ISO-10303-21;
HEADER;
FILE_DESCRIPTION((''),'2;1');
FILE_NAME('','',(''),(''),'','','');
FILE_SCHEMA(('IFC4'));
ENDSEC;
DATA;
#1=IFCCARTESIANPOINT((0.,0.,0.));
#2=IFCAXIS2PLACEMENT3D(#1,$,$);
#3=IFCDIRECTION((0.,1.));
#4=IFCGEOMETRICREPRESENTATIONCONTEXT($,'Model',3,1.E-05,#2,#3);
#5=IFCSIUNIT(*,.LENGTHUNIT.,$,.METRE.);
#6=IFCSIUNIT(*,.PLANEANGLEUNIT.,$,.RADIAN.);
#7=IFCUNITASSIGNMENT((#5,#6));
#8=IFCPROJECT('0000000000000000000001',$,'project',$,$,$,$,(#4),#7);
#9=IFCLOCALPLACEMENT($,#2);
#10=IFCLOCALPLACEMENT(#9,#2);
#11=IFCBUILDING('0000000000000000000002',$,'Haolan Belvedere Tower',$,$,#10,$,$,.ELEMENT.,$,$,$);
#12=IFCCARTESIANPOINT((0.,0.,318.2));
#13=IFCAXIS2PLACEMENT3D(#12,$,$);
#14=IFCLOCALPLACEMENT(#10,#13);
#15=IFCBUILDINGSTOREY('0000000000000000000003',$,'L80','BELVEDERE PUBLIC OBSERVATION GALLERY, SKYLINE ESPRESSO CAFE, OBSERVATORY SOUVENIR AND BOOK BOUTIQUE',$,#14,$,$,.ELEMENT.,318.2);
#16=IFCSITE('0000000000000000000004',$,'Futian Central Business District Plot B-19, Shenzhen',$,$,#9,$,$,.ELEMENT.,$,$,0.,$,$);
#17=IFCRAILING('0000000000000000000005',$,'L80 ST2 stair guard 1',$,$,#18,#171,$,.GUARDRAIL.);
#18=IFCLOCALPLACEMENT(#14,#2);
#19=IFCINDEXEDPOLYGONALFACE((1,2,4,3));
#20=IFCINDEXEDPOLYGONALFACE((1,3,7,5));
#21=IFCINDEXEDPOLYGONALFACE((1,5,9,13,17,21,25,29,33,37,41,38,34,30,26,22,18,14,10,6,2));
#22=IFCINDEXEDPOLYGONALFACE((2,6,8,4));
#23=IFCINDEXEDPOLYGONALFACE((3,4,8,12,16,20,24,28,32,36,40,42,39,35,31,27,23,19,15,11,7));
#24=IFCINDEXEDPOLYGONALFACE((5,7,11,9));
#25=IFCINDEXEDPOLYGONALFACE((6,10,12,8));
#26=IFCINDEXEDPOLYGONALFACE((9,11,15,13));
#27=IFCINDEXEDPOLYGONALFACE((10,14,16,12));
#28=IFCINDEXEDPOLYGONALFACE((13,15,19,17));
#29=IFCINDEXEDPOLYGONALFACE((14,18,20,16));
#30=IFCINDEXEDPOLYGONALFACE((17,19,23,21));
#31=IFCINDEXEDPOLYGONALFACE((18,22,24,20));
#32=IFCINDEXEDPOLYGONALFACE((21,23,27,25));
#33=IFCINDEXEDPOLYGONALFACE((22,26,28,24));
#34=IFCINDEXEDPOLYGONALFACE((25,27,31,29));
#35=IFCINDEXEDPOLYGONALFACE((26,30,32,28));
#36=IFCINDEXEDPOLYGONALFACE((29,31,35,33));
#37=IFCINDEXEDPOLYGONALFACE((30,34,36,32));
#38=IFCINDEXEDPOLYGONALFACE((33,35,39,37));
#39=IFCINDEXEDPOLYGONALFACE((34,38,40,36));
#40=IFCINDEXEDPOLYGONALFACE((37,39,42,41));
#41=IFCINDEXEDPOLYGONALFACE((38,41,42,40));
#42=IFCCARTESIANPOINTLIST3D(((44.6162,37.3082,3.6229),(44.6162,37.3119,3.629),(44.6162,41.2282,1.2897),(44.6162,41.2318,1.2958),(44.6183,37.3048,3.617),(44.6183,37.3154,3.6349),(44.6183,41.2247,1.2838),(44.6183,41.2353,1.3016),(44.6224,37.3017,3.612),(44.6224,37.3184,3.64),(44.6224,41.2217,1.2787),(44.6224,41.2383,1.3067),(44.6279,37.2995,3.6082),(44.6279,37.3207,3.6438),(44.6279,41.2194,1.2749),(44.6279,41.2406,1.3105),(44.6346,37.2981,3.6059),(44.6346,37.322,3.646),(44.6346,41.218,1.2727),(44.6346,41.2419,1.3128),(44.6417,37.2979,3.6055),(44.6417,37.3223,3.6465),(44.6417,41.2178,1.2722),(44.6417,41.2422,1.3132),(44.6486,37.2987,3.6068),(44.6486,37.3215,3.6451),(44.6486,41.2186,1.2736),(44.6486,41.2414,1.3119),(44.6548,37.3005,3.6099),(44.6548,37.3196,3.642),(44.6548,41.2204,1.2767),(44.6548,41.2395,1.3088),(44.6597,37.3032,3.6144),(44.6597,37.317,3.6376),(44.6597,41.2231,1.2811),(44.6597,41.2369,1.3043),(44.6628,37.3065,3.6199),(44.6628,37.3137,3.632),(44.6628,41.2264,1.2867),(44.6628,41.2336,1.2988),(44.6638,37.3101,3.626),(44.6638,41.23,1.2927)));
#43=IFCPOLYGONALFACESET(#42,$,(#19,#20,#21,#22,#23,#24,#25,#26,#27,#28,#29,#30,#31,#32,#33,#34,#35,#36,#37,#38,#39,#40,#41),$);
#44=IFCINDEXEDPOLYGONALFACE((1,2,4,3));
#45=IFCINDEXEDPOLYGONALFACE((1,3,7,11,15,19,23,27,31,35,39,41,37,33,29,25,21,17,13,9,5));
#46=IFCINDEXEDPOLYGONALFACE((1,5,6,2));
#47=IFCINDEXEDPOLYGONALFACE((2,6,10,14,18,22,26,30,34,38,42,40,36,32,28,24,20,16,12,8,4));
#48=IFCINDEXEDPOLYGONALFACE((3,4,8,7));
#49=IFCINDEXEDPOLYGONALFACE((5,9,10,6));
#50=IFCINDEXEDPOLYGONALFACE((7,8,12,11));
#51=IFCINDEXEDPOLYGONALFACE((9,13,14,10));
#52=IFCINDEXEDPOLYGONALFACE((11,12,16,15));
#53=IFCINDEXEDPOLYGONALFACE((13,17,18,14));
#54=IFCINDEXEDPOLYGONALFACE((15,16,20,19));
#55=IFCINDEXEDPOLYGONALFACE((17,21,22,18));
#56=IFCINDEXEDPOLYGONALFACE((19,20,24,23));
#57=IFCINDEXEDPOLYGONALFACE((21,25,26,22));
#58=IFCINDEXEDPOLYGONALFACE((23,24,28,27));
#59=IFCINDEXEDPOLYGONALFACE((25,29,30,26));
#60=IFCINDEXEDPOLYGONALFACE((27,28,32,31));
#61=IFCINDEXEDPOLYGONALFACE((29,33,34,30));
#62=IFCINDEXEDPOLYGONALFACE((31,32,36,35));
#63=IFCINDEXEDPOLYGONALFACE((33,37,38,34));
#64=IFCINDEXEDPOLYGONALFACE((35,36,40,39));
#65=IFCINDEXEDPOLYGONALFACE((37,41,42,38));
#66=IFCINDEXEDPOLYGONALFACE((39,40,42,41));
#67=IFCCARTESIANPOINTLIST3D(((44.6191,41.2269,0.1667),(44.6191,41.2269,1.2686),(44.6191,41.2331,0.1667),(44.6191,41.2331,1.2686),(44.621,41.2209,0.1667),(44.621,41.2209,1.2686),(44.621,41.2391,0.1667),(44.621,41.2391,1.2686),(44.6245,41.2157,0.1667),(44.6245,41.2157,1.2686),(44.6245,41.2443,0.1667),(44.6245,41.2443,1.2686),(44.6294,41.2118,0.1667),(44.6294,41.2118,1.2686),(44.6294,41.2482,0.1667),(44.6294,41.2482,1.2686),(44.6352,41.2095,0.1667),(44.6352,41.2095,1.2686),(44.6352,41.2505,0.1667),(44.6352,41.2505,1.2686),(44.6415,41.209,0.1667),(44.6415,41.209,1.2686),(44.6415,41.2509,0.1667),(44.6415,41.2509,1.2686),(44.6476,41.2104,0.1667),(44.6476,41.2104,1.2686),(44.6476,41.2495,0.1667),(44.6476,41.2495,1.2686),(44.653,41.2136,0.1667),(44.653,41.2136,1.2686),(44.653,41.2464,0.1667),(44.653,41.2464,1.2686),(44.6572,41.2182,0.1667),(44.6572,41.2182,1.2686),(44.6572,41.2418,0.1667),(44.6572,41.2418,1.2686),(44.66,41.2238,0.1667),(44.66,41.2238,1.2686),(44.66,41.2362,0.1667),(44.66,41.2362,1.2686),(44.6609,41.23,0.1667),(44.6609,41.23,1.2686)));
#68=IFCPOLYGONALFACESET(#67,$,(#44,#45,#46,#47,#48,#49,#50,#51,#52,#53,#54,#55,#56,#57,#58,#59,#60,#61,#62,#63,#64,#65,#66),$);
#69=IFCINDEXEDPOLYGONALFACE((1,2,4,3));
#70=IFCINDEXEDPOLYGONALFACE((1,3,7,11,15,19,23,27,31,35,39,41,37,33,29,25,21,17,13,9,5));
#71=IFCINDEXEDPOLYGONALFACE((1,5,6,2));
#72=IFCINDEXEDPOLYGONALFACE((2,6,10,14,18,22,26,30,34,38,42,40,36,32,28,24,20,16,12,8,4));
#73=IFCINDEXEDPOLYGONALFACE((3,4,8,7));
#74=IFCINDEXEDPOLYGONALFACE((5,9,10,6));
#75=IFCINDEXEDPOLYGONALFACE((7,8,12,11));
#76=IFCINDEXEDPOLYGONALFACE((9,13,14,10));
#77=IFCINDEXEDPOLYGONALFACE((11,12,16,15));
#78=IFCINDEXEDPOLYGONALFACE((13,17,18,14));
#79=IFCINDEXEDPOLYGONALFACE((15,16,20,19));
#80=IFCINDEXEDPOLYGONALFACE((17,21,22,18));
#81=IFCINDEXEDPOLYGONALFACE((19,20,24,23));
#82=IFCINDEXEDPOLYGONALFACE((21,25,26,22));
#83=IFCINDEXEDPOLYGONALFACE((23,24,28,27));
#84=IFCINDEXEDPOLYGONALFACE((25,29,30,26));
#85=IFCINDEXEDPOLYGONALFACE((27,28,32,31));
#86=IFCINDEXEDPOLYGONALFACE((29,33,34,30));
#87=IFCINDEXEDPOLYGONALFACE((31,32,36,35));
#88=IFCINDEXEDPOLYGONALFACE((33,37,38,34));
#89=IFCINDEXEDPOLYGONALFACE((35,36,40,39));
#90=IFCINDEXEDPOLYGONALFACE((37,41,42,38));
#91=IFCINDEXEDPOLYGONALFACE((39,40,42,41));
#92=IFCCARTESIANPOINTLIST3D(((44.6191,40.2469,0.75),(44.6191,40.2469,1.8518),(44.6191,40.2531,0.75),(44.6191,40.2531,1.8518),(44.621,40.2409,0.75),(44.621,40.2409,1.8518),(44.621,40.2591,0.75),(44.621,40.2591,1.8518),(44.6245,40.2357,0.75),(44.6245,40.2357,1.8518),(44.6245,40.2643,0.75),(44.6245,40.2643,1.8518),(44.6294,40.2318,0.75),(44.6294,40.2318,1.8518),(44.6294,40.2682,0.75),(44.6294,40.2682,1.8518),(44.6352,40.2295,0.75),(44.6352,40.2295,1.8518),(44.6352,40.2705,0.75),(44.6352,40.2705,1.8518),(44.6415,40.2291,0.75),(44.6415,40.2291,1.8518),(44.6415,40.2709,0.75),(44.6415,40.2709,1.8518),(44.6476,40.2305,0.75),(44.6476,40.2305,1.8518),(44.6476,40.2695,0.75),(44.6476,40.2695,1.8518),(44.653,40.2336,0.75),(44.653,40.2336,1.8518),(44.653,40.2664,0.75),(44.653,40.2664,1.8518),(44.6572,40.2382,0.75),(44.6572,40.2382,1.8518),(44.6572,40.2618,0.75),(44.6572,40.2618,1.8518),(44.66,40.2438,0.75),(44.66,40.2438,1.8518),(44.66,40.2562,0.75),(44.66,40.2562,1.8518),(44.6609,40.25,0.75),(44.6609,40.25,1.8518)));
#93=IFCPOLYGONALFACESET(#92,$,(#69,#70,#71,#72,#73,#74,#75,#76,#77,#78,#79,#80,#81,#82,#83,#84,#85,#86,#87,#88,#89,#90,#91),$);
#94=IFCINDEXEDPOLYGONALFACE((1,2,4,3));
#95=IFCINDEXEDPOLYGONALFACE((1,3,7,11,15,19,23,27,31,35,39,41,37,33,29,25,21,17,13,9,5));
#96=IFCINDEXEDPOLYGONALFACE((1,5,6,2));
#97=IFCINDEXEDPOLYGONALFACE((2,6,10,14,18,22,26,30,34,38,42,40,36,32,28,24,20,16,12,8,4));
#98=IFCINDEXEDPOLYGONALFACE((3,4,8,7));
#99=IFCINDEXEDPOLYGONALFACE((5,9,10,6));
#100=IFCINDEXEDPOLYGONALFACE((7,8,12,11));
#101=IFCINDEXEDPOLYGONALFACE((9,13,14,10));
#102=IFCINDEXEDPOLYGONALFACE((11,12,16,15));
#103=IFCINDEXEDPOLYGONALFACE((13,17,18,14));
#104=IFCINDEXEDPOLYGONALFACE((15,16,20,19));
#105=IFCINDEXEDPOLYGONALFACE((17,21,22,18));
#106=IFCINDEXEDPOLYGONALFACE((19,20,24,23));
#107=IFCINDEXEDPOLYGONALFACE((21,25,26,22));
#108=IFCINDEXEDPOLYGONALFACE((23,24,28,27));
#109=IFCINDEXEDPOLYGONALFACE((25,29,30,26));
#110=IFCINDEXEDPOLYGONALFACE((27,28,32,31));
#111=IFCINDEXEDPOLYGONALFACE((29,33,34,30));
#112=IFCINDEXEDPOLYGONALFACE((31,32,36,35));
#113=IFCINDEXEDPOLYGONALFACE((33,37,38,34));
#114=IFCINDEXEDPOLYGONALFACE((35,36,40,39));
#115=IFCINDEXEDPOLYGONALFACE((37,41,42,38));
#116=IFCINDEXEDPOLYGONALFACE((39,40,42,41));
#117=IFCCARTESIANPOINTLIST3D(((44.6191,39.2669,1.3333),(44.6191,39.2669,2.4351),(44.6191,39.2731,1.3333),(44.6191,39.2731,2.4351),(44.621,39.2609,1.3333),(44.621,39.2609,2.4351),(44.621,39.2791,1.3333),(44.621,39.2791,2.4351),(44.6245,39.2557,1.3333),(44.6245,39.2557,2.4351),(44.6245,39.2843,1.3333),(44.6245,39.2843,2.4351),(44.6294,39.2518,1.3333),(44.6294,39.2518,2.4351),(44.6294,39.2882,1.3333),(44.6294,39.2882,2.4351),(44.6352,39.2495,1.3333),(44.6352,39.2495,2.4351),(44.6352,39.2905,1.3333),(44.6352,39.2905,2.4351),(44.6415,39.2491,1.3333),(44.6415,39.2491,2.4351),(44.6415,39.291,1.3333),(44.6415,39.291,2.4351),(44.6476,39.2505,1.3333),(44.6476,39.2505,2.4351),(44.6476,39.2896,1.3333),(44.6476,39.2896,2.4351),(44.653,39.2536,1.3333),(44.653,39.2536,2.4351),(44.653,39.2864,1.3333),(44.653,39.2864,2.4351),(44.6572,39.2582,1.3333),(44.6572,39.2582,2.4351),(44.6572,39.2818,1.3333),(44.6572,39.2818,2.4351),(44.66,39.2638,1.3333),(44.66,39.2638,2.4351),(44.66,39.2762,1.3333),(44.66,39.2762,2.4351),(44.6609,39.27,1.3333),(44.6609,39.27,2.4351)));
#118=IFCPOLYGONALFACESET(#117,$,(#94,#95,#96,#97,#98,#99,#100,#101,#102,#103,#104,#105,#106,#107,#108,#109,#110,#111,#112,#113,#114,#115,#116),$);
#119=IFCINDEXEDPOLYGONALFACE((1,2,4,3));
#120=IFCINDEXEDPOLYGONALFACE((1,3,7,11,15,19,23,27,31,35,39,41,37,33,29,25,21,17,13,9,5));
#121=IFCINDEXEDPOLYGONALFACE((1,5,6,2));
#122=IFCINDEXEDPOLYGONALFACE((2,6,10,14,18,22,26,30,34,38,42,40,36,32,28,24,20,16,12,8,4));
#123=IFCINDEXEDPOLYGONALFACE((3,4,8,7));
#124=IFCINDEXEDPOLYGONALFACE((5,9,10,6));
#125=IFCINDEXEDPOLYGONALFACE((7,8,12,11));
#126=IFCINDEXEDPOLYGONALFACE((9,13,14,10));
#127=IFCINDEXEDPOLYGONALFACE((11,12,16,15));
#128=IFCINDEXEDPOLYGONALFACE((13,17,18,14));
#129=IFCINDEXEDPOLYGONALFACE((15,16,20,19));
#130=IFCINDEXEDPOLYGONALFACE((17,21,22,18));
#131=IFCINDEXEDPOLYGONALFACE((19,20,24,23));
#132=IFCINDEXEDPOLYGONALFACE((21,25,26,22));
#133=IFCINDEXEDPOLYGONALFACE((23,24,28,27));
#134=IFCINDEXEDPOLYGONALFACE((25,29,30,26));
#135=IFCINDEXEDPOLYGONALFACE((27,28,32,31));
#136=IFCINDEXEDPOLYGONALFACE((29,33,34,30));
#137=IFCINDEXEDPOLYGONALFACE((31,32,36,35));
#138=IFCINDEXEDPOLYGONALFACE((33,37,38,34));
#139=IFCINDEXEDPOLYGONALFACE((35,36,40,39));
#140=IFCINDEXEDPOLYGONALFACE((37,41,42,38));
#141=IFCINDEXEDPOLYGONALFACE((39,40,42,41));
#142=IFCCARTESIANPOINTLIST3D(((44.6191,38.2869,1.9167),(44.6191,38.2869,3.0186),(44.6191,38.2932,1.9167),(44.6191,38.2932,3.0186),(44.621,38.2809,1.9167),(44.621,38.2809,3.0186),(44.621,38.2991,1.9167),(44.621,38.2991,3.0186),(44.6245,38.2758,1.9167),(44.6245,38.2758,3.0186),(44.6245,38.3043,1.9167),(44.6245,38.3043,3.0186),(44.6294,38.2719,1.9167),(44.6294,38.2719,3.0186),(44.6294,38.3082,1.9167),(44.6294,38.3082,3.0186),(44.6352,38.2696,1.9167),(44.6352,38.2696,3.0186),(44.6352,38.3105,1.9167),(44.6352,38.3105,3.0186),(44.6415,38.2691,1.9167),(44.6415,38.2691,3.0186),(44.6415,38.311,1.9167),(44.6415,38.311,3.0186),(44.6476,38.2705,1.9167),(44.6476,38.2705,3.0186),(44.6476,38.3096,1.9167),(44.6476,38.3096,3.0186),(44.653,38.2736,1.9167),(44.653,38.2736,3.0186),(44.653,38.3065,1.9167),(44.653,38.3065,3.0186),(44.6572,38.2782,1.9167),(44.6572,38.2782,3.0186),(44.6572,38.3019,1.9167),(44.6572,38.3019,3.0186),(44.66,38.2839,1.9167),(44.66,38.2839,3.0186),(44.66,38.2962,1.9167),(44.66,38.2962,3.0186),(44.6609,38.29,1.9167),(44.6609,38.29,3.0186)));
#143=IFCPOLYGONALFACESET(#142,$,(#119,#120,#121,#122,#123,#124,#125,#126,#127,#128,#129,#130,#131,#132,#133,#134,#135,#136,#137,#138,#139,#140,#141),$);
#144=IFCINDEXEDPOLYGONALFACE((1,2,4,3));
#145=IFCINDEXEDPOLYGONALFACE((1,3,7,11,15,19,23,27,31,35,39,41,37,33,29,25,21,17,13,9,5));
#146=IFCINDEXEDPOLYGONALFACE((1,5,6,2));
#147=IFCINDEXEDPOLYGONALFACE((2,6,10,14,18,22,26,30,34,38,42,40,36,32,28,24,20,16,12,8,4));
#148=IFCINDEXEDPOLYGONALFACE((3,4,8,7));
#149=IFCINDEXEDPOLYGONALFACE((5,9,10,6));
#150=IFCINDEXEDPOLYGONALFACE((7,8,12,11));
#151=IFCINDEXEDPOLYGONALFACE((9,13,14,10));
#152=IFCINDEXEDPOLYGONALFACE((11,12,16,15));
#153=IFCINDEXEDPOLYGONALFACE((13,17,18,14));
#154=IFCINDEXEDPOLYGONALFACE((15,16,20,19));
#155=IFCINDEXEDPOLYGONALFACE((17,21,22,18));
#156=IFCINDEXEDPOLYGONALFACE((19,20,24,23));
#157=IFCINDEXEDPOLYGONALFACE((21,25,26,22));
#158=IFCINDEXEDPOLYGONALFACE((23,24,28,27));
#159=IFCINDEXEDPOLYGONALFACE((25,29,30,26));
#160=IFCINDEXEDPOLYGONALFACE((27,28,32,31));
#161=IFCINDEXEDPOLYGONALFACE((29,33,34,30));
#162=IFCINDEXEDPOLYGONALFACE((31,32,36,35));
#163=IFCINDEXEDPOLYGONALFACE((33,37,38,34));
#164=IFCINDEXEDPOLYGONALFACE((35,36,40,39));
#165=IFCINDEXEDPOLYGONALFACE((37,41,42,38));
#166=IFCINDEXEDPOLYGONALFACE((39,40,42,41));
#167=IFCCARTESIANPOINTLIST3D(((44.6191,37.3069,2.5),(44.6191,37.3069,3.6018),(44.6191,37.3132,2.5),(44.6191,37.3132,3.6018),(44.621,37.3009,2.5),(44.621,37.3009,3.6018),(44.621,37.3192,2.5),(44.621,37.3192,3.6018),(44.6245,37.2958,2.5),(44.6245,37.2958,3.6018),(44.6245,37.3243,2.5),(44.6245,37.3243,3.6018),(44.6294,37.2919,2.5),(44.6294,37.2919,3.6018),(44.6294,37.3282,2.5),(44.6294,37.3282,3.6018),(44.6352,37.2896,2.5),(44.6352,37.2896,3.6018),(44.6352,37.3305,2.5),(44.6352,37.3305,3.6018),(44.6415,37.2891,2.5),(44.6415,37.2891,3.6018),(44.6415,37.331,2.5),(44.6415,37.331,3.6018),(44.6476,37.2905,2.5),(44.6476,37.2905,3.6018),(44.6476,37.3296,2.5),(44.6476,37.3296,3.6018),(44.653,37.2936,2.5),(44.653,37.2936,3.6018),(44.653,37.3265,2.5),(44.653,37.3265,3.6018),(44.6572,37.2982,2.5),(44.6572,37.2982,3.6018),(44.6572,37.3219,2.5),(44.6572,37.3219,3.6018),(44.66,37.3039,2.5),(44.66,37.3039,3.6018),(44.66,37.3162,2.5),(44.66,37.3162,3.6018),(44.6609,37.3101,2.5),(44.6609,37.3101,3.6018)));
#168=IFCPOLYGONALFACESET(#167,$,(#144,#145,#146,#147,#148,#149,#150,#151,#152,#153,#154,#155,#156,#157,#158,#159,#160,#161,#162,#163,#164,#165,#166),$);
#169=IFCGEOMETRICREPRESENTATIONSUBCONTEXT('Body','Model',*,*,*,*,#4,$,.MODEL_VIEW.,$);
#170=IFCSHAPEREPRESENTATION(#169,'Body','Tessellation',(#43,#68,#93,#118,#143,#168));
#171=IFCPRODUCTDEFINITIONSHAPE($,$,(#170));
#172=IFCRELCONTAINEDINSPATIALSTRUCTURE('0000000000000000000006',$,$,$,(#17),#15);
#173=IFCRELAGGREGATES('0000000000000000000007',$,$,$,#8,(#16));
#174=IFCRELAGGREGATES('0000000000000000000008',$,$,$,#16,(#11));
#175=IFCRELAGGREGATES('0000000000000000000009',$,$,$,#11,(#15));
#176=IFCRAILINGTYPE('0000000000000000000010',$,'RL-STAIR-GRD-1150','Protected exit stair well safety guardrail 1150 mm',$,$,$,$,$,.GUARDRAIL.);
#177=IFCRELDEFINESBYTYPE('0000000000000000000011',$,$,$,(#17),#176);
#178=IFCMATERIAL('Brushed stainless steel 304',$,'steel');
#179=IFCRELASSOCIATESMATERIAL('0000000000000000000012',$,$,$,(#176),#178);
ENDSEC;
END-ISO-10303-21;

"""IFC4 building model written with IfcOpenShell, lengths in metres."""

from ifc_helpers import new_model, si_unit, direction, frame, origin, origin_2d, place, context, subcontext, project, spatial, circle, extrude, material, type_object, element, save


model = new_model("IFC4")

# Units and contexts
model_context = context("Model", 3, precision=1e-05, world=origin(), true_north=direction((0.0, 1.0)))
body_context = subcontext(model_context, "Body", "Model", "MODEL_VIEW")
ifc_project = project(units=[si_unit("LENGTHUNIT", "METRE"), si_unit("PLANEANGLEUNIT", "RADIAN")], contexts=[model_context])

# Site, building, storey
site_placement = place(None, origin())
site = spatial("IfcSite", under=ifc_project, at=site_placement, Name="Futian Central Business District Plot B-19, Shenzhen", CompositionType="ELEMENT", RefElevation=0.0)
building_placement = place(site_placement, origin())
building = spatial("IfcBuilding", under=site, at=building_placement, Name="Haolan Belvedere Tower", CompositionType="ELEMENT")
storey_placement = place(building_placement, frame((0.0, 0.0, 318.2)))
storey = spatial("IfcBuildingStorey", under=building, at=storey_placement, Name="L80", Description="BELVEDERE PUBLIC OBSERVATION GALLERY, SKYLINE ESPRESSO CAFE, OBSERVATORY SOUVENIR AND BOOK BOUTIQUE", CompositionType="ELEMENT", Elevation=318.2)

# Railing
ifc_material_1 = material(Name="Brushed stainless steel 304", Category="steel")
railing_type_1 = type_object("IfcRailingType", Name="RL-STAIR-GRD-1150", Description="Protected exit stair well safety guardrail 1150 mm", PredefinedType="GUARDRAIL", material=ifc_material_1)
railing_1_placement = place(storey_placement, frame((44.6399, 41.23, 0.1667)))
element("IfcRailing", 1, at=railing_1_placement, inside=storey, type_object=railing_type_1, Name="L80 ST2 stair guard 1", PredefinedType="GUARDRAIL", context=body_context, shape_type="SweptSolid", body=[
    extrude(circle(Radius=0.0239, at=origin_2d()), frame((0.0, 0.0, 1.126), z_axis=(0.0, -0.859296, 0.511478), x_axis=(1.0, 0.0, 0.0)), (0.0, 0.0, 1.0), 4.5618),
    extrude(circle(Radius=0.021, at=origin_2d()), origin(), (0.0, 0.0, 1.0), 1.1018),
    extrude(circle(Radius=0.021, at=origin_2d()), frame((0.0, -0.98, 0.5833)), (0.0, 0.0, 1.0), 1.1018),
    extrude(circle(Radius=0.021, at=origin_2d()), frame((0.0, -1.96, 1.1665)), (0.0, 0.0, 1.0), 1.1018),
    extrude(circle(Radius=0.021, at=origin_2d()), frame((0.0, -2.9399, 1.75)), (0.0, 0.0, 1.0), 1.1018),
    extrude(circle(Radius=0.021, at=origin_2d()), frame((0.0, -3.9199, 2.3333)), (0.0, 0.0, 1.0), 1.1018),
])

save(model, "model.ifc")
